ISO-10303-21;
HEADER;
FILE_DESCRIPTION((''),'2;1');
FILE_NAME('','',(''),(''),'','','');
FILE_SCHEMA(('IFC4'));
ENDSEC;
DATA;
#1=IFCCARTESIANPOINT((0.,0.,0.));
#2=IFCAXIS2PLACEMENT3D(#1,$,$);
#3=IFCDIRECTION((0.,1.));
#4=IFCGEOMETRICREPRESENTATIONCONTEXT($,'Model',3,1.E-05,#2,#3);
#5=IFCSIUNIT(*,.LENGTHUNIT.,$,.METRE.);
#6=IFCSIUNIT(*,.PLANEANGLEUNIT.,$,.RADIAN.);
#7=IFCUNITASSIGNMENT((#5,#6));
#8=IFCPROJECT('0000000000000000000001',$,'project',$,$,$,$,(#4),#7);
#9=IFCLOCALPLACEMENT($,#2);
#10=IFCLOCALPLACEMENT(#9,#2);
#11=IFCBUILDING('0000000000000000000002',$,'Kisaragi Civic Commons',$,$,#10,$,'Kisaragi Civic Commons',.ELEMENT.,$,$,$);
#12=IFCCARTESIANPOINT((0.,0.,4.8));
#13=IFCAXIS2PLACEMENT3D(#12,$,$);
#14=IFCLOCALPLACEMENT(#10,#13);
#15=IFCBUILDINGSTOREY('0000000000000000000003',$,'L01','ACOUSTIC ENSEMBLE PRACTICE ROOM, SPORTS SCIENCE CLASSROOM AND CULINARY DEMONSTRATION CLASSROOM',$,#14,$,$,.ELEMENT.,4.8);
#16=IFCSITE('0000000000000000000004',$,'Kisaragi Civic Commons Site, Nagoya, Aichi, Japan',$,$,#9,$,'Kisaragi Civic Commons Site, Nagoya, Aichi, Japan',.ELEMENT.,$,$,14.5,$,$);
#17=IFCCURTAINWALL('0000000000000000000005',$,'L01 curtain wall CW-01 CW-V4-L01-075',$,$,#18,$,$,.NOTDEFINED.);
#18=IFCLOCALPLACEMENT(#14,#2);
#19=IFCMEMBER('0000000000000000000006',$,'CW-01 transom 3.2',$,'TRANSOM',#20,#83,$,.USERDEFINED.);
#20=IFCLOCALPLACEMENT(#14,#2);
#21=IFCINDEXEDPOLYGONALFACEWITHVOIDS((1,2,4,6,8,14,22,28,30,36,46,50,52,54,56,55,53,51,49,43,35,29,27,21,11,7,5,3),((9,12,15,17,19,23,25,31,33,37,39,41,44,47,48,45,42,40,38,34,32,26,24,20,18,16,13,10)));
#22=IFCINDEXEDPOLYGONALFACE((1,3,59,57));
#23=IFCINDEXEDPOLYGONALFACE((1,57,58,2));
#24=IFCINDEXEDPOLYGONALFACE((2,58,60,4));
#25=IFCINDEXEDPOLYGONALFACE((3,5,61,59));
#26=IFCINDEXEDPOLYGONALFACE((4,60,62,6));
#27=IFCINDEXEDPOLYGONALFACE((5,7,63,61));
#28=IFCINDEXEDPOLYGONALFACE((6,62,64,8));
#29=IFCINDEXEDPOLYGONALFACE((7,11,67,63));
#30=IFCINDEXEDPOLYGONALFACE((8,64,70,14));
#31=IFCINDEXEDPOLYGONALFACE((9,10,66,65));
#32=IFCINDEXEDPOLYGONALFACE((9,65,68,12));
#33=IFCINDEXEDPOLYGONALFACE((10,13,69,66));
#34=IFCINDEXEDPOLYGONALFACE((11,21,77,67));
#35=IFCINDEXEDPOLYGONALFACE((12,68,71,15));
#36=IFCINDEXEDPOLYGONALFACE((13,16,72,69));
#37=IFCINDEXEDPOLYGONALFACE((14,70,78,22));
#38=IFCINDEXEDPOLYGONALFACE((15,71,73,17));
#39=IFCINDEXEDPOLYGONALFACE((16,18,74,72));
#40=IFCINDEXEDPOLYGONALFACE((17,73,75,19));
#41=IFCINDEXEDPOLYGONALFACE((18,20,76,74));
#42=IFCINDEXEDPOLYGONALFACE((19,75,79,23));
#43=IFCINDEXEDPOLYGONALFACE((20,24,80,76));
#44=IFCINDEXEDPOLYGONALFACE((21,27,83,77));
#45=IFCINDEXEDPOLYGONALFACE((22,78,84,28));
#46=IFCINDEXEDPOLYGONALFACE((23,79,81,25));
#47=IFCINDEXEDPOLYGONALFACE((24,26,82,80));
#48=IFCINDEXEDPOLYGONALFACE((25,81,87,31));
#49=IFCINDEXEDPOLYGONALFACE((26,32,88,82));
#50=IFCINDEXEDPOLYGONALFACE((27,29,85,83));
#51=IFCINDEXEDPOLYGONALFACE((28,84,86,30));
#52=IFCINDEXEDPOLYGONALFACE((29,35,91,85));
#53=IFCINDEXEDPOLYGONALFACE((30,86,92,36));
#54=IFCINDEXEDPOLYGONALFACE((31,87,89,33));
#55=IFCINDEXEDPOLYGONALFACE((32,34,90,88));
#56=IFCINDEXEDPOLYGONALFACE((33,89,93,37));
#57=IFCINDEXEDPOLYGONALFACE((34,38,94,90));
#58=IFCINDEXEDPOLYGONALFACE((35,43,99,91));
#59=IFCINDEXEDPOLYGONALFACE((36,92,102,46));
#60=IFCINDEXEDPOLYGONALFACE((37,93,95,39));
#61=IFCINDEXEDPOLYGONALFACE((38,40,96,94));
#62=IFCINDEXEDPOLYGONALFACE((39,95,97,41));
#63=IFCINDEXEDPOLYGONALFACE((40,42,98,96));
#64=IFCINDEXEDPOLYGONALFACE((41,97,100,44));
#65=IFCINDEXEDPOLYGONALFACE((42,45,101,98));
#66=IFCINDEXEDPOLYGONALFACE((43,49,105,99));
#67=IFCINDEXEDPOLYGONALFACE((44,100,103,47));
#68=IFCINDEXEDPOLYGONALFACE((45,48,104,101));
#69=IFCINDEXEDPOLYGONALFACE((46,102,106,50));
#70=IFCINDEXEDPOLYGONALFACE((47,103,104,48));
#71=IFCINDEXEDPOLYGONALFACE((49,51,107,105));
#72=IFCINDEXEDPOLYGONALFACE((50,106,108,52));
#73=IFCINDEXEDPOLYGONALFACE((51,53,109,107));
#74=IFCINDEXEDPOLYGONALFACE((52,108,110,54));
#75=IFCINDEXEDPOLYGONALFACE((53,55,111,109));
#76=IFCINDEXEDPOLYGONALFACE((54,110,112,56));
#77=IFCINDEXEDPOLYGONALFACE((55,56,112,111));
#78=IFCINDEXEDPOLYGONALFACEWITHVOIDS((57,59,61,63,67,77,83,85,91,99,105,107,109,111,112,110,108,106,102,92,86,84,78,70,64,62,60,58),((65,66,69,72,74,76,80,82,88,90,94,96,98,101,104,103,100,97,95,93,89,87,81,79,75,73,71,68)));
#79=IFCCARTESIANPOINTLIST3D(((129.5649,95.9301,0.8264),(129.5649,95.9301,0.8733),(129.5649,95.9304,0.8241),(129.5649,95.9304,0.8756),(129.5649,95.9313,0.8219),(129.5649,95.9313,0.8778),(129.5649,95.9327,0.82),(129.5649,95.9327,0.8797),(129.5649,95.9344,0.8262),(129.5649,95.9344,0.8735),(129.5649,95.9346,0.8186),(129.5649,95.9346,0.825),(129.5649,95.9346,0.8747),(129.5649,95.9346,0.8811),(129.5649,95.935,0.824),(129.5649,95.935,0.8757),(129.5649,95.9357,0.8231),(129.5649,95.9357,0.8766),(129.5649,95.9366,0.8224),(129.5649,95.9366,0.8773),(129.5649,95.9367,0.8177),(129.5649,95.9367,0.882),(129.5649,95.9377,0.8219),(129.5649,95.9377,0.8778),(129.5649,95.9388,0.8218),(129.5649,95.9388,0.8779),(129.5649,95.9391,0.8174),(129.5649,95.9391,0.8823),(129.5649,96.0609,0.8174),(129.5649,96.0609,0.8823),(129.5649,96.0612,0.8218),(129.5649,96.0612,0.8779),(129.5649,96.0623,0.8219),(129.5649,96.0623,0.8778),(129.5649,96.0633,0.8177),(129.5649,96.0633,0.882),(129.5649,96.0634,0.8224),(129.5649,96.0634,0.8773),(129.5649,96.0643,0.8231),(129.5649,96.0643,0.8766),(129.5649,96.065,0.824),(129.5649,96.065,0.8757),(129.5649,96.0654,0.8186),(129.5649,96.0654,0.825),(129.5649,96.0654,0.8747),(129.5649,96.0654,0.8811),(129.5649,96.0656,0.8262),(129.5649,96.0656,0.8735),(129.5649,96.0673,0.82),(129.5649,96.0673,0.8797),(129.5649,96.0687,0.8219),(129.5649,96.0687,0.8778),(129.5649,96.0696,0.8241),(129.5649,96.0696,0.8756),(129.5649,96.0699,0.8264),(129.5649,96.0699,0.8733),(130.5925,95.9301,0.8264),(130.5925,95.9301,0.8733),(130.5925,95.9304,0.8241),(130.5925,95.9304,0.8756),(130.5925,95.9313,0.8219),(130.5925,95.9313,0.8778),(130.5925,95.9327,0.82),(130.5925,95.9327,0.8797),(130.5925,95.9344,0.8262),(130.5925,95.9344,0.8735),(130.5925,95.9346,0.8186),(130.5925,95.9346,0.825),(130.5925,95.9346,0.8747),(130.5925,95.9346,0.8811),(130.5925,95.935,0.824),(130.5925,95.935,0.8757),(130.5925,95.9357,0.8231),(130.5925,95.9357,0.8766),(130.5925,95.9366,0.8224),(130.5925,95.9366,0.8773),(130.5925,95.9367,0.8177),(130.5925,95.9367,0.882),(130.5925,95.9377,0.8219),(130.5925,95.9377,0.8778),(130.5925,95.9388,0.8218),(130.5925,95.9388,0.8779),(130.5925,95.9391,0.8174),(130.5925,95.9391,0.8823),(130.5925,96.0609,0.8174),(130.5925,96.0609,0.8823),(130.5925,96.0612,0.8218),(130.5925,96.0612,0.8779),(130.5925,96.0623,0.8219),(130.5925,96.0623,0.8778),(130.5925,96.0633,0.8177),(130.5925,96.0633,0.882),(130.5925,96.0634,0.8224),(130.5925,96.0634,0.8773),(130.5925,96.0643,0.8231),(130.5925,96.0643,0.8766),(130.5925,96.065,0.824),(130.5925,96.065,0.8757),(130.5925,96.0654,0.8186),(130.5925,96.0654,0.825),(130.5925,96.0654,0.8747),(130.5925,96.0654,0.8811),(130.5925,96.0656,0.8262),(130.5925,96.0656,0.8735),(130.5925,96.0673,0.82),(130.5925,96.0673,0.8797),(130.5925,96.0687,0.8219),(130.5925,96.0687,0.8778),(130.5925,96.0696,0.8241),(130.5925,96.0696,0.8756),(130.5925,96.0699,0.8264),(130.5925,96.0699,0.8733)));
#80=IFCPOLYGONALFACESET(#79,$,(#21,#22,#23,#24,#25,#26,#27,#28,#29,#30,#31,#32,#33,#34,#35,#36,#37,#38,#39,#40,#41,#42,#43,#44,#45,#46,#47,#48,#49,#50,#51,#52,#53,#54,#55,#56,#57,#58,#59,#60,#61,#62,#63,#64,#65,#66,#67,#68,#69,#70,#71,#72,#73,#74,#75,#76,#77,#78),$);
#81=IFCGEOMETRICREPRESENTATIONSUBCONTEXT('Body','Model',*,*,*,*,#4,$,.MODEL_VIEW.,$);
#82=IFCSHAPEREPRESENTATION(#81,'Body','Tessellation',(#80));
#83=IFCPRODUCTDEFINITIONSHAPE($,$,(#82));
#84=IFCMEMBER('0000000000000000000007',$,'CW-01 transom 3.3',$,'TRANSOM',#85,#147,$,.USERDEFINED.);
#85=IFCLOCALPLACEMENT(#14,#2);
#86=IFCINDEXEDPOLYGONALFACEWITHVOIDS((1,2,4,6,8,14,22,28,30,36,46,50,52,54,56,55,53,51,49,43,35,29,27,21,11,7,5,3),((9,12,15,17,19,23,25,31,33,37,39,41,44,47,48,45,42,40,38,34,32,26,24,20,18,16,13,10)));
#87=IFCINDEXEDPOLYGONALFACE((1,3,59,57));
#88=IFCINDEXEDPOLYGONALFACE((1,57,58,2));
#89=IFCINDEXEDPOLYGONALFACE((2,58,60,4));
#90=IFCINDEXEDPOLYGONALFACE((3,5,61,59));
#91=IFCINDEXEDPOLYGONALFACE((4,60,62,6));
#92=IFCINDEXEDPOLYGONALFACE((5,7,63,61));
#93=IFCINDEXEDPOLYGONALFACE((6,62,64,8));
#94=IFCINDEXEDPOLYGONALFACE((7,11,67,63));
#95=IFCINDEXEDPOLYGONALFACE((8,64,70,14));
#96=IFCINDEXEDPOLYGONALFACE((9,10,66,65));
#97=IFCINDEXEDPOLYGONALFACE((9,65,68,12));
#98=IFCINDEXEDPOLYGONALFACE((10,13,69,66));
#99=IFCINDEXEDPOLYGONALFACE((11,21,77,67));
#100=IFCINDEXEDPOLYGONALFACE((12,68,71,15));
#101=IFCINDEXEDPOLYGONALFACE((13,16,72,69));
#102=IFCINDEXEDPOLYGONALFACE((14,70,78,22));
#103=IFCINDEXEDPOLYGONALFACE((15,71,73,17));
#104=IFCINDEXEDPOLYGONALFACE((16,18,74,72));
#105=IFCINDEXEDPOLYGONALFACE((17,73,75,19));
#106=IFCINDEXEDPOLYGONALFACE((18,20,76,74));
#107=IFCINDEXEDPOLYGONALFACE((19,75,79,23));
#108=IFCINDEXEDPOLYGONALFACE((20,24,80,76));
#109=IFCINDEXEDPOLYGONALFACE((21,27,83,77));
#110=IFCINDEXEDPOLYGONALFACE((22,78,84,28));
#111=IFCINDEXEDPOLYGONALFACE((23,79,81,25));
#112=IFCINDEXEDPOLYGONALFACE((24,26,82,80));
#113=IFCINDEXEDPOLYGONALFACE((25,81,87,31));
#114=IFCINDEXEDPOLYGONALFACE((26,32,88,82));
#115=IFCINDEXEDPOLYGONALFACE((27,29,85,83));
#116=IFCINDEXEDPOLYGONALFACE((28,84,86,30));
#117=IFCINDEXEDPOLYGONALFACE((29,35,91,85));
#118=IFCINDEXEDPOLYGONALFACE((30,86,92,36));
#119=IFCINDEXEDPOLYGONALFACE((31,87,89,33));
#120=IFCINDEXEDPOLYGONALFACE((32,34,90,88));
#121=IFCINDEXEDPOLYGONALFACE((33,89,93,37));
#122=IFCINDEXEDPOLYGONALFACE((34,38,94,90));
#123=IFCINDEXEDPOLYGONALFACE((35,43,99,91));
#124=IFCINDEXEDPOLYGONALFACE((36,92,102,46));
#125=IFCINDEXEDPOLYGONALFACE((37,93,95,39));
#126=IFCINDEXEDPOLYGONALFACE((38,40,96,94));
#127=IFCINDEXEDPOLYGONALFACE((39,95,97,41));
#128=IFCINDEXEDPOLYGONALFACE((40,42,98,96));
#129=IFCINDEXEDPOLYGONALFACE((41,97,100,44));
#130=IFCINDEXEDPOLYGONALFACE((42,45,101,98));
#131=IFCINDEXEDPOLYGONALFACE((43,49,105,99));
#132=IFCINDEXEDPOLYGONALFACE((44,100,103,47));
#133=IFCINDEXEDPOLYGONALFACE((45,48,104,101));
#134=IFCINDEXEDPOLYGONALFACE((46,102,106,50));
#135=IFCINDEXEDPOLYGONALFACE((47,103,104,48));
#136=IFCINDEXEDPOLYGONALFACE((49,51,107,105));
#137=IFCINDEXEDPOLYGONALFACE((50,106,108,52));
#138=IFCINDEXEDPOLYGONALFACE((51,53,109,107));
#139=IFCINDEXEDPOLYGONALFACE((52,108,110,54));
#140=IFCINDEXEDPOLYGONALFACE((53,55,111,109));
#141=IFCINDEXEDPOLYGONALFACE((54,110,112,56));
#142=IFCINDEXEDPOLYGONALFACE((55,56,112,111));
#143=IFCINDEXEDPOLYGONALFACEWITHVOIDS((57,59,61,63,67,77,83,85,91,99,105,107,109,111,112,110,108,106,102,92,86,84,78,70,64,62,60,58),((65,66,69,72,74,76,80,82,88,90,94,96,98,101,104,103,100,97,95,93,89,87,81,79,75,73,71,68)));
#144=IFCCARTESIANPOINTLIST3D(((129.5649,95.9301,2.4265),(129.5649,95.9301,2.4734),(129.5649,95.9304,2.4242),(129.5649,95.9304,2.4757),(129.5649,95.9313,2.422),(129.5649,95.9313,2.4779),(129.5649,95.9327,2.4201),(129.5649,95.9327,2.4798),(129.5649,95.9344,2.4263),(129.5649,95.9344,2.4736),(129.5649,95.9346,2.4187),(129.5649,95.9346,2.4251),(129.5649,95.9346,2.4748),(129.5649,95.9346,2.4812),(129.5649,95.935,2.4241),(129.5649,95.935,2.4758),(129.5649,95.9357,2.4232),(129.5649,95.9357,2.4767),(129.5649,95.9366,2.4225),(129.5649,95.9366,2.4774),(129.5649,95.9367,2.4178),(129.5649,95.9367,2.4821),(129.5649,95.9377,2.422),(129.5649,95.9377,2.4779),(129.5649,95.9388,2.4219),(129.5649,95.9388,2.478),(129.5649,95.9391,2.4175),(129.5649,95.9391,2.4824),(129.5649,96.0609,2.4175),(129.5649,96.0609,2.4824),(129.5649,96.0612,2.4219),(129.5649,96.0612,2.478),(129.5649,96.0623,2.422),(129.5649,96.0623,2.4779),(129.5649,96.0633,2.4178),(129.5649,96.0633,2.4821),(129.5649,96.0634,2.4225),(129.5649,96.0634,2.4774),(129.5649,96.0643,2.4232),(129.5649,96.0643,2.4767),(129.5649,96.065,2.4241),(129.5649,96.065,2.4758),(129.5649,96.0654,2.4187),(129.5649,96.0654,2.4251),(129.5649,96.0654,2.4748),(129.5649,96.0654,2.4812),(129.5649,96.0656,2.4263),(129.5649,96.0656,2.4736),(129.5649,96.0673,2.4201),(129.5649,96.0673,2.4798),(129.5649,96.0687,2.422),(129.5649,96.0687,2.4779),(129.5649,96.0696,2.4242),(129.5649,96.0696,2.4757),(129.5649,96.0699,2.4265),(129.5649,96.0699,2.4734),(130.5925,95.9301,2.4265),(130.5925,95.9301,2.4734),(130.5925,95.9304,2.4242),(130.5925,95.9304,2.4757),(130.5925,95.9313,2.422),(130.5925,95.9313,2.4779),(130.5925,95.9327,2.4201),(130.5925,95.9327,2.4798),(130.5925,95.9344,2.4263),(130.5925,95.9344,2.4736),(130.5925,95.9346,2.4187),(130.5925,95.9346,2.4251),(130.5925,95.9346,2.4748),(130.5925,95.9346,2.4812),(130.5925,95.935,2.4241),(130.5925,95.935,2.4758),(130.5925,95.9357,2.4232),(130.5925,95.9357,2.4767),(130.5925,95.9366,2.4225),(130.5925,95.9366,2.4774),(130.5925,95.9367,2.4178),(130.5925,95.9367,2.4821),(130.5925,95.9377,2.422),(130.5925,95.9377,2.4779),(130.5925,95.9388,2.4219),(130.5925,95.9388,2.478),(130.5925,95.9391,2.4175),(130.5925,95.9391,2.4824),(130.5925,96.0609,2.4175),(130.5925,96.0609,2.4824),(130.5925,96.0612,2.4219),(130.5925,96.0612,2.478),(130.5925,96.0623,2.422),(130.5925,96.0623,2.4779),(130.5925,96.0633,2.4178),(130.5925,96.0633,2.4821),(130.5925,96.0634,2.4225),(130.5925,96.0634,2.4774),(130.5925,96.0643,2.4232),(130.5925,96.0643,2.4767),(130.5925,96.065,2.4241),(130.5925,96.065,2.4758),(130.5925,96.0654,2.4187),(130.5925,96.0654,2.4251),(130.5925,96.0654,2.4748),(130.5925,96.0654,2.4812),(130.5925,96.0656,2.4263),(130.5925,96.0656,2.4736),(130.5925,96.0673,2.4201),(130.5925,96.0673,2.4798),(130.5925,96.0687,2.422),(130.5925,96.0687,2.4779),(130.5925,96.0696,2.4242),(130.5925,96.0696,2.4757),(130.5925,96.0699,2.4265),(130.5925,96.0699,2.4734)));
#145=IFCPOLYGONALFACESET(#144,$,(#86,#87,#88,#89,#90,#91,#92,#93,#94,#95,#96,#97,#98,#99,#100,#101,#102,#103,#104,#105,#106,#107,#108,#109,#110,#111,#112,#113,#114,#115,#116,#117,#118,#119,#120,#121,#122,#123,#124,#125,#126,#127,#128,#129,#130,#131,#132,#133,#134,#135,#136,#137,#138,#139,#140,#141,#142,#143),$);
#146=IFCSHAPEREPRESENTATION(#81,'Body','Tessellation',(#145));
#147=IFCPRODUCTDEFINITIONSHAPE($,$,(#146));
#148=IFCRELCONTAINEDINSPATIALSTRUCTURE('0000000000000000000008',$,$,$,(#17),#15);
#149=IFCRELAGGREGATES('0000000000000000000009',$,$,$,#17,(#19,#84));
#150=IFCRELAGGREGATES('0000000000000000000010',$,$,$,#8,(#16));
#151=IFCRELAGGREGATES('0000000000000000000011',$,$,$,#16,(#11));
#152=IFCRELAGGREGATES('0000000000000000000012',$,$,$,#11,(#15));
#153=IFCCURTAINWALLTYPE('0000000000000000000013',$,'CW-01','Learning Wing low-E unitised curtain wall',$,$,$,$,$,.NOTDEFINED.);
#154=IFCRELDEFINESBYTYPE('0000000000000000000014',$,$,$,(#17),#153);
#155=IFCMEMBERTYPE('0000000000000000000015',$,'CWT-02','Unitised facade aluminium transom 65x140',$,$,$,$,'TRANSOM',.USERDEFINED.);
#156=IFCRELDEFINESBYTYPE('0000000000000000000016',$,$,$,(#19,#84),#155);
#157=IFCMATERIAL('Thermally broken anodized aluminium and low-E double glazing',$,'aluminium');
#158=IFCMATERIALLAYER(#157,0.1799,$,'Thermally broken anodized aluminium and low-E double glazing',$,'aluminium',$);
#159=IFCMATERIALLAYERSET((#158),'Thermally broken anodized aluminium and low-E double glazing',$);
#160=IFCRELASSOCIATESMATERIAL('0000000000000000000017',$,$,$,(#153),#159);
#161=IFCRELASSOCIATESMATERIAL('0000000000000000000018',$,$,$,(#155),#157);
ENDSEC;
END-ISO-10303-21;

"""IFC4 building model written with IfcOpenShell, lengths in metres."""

from ifc_helpers import new_model, si_unit, direction, frame, origin, origin_2d, place, context, subcontext, project, spatial, hollow_rectangle, extrude, material, layer, layer_set, material_profile, profile_set, type_object, element, aggregate, save


model = new_model("IFC4")

# Units and contexts
model_context = context("Model", 3, precision=1e-05, world=origin(), true_north=direction((0.0, 1.0)))
body_context = subcontext(model_context, "Body", "Model", "MODEL_VIEW")
ifc_project = project(units=[si_unit("LENGTHUNIT", "METRE"), si_unit("PLANEANGLEUNIT", "RADIAN")], contexts=[model_context])

# Site, building, storey
site_placement = place(None, origin())
site = spatial("IfcSite", under=ifc_project, at=site_placement, Name="Kisaragi Civic Commons Site, Nagoya, Aichi, Japan", LongName="Kisaragi Civic Commons Site, Nagoya, Aichi, Japan", CompositionType="ELEMENT", RefElevation=14.5)
building_placement = place(site_placement, origin())
building = spatial("IfcBuilding", under=site, at=building_placement, Name="Kisaragi Civic Commons", LongName="Kisaragi Civic Commons", CompositionType="ELEMENT")
storey_placement = place(building_placement, frame((0.0, 0.0, 4.8)))
storey = spatial("IfcBuildingStorey", under=building, at=storey_placement, Name="L01", Description="ACOUSTIC ENSEMBLE PRACTICE ROOM, SPORTS SCIENCE CLASSROOM AND CULINARY DEMONSTRATION CLASSROOM", CompositionType="ELEMENT", Elevation=4.8)

# Curtain wall, members
ifc_material = material(Name="Thermally broken anodized aluminium and low-E double glazing", Category="aluminium")
ifc_layer_1 = layer(ifc_material, 0.1799, Name="Thermally broken anodized aluminium and low-E double glazing", Category="aluminium")
ifc_layer_set_1 = layer_set([ifc_layer_1], Name="Thermally broken anodized aluminium and low-E double glazing")
curtain_wall_type = type_object("IfcCurtainWallType", Name="CW-01", Description="Learning Wing low-E unitised curtain wall", PredefinedType="NOTDEFINED", material=ifc_layer_set_1)
curtain_wall_placement = place(storey_placement, origin())
curtain_wall = element("IfcCurtainWall", 1, at=curtain_wall_placement, inside=storey, type_object=curtain_wall_type, Name="L01 curtain wall CW-01 CW-V4-L01-075", PredefinedType="NOTDEFINED")
ifc_material_profile_1 = material_profile(ifc_material, hollow_rectangle(XDim=0.1399, YDim=0.0649, WallThickness=0.0044, InnerFilletRadius=0.0044, OuterFilletRadius=0.009, at=origin_2d()), Name="CWT-65x140x4.5", Category="aluminium")
ifc_profile_set_1 = profile_set([ifc_material_profile_1], Name="Thermally broken anodized aluminium and low-E double glazing")
member_type_1 = type_object("IfcMemberType", Name="CWT-02", Description="Unitised facade aluminium transom 65x140", ElementType="TRANSOM", PredefinedType="USERDEFINED", material=ifc_profile_set_1)
member_1_placement = place(storey_placement, frame((130.5925, 96.0, 0.8499), z_axis=(-1.0, 0.0, 0.0), x_axis=(0.0, -1.0, 0.0)))
member_1 = element("IfcMember", 2, at=member_1_placement, type_object=member_type_1, Name="CW-01 transom 3.2", ObjectType="TRANSOM", PredefinedType="USERDEFINED", context=body_context, shape_type="SweptSolid", body=[
    extrude(hollow_rectangle(XDim=0.1399, YDim=0.0649, WallThickness=0.0044, InnerFilletRadius=0.0044, OuterFilletRadius=0.009, at=origin_2d()), origin(), (0.0, 0.0, 1.0), 1.0276),
])
member_2_placement = place(storey_placement, frame((130.5925, 96.0, 2.45), z_axis=(-1.0, 0.0, 0.0), x_axis=(0.0, -1.0, 0.0)))
member_2 = element("IfcMember", 3, at=member_2_placement, type_object=member_type_1, Name="CW-01 transom 3.3", ObjectType="TRANSOM", PredefinedType="USERDEFINED", context=body_context, shape_type="SweptSolid", body=[
    extrude(hollow_rectangle(XDim=0.1399, YDim=0.0649, WallThickness=0.0044, InnerFilletRadius=0.0044, OuterFilletRadius=0.009, at=origin_2d()), origin(), (0.0, 0.0, 1.0), 1.0276),
])
aggregate(curtain_wall, [member_1, member_2])

save(model, "model.ifc")
